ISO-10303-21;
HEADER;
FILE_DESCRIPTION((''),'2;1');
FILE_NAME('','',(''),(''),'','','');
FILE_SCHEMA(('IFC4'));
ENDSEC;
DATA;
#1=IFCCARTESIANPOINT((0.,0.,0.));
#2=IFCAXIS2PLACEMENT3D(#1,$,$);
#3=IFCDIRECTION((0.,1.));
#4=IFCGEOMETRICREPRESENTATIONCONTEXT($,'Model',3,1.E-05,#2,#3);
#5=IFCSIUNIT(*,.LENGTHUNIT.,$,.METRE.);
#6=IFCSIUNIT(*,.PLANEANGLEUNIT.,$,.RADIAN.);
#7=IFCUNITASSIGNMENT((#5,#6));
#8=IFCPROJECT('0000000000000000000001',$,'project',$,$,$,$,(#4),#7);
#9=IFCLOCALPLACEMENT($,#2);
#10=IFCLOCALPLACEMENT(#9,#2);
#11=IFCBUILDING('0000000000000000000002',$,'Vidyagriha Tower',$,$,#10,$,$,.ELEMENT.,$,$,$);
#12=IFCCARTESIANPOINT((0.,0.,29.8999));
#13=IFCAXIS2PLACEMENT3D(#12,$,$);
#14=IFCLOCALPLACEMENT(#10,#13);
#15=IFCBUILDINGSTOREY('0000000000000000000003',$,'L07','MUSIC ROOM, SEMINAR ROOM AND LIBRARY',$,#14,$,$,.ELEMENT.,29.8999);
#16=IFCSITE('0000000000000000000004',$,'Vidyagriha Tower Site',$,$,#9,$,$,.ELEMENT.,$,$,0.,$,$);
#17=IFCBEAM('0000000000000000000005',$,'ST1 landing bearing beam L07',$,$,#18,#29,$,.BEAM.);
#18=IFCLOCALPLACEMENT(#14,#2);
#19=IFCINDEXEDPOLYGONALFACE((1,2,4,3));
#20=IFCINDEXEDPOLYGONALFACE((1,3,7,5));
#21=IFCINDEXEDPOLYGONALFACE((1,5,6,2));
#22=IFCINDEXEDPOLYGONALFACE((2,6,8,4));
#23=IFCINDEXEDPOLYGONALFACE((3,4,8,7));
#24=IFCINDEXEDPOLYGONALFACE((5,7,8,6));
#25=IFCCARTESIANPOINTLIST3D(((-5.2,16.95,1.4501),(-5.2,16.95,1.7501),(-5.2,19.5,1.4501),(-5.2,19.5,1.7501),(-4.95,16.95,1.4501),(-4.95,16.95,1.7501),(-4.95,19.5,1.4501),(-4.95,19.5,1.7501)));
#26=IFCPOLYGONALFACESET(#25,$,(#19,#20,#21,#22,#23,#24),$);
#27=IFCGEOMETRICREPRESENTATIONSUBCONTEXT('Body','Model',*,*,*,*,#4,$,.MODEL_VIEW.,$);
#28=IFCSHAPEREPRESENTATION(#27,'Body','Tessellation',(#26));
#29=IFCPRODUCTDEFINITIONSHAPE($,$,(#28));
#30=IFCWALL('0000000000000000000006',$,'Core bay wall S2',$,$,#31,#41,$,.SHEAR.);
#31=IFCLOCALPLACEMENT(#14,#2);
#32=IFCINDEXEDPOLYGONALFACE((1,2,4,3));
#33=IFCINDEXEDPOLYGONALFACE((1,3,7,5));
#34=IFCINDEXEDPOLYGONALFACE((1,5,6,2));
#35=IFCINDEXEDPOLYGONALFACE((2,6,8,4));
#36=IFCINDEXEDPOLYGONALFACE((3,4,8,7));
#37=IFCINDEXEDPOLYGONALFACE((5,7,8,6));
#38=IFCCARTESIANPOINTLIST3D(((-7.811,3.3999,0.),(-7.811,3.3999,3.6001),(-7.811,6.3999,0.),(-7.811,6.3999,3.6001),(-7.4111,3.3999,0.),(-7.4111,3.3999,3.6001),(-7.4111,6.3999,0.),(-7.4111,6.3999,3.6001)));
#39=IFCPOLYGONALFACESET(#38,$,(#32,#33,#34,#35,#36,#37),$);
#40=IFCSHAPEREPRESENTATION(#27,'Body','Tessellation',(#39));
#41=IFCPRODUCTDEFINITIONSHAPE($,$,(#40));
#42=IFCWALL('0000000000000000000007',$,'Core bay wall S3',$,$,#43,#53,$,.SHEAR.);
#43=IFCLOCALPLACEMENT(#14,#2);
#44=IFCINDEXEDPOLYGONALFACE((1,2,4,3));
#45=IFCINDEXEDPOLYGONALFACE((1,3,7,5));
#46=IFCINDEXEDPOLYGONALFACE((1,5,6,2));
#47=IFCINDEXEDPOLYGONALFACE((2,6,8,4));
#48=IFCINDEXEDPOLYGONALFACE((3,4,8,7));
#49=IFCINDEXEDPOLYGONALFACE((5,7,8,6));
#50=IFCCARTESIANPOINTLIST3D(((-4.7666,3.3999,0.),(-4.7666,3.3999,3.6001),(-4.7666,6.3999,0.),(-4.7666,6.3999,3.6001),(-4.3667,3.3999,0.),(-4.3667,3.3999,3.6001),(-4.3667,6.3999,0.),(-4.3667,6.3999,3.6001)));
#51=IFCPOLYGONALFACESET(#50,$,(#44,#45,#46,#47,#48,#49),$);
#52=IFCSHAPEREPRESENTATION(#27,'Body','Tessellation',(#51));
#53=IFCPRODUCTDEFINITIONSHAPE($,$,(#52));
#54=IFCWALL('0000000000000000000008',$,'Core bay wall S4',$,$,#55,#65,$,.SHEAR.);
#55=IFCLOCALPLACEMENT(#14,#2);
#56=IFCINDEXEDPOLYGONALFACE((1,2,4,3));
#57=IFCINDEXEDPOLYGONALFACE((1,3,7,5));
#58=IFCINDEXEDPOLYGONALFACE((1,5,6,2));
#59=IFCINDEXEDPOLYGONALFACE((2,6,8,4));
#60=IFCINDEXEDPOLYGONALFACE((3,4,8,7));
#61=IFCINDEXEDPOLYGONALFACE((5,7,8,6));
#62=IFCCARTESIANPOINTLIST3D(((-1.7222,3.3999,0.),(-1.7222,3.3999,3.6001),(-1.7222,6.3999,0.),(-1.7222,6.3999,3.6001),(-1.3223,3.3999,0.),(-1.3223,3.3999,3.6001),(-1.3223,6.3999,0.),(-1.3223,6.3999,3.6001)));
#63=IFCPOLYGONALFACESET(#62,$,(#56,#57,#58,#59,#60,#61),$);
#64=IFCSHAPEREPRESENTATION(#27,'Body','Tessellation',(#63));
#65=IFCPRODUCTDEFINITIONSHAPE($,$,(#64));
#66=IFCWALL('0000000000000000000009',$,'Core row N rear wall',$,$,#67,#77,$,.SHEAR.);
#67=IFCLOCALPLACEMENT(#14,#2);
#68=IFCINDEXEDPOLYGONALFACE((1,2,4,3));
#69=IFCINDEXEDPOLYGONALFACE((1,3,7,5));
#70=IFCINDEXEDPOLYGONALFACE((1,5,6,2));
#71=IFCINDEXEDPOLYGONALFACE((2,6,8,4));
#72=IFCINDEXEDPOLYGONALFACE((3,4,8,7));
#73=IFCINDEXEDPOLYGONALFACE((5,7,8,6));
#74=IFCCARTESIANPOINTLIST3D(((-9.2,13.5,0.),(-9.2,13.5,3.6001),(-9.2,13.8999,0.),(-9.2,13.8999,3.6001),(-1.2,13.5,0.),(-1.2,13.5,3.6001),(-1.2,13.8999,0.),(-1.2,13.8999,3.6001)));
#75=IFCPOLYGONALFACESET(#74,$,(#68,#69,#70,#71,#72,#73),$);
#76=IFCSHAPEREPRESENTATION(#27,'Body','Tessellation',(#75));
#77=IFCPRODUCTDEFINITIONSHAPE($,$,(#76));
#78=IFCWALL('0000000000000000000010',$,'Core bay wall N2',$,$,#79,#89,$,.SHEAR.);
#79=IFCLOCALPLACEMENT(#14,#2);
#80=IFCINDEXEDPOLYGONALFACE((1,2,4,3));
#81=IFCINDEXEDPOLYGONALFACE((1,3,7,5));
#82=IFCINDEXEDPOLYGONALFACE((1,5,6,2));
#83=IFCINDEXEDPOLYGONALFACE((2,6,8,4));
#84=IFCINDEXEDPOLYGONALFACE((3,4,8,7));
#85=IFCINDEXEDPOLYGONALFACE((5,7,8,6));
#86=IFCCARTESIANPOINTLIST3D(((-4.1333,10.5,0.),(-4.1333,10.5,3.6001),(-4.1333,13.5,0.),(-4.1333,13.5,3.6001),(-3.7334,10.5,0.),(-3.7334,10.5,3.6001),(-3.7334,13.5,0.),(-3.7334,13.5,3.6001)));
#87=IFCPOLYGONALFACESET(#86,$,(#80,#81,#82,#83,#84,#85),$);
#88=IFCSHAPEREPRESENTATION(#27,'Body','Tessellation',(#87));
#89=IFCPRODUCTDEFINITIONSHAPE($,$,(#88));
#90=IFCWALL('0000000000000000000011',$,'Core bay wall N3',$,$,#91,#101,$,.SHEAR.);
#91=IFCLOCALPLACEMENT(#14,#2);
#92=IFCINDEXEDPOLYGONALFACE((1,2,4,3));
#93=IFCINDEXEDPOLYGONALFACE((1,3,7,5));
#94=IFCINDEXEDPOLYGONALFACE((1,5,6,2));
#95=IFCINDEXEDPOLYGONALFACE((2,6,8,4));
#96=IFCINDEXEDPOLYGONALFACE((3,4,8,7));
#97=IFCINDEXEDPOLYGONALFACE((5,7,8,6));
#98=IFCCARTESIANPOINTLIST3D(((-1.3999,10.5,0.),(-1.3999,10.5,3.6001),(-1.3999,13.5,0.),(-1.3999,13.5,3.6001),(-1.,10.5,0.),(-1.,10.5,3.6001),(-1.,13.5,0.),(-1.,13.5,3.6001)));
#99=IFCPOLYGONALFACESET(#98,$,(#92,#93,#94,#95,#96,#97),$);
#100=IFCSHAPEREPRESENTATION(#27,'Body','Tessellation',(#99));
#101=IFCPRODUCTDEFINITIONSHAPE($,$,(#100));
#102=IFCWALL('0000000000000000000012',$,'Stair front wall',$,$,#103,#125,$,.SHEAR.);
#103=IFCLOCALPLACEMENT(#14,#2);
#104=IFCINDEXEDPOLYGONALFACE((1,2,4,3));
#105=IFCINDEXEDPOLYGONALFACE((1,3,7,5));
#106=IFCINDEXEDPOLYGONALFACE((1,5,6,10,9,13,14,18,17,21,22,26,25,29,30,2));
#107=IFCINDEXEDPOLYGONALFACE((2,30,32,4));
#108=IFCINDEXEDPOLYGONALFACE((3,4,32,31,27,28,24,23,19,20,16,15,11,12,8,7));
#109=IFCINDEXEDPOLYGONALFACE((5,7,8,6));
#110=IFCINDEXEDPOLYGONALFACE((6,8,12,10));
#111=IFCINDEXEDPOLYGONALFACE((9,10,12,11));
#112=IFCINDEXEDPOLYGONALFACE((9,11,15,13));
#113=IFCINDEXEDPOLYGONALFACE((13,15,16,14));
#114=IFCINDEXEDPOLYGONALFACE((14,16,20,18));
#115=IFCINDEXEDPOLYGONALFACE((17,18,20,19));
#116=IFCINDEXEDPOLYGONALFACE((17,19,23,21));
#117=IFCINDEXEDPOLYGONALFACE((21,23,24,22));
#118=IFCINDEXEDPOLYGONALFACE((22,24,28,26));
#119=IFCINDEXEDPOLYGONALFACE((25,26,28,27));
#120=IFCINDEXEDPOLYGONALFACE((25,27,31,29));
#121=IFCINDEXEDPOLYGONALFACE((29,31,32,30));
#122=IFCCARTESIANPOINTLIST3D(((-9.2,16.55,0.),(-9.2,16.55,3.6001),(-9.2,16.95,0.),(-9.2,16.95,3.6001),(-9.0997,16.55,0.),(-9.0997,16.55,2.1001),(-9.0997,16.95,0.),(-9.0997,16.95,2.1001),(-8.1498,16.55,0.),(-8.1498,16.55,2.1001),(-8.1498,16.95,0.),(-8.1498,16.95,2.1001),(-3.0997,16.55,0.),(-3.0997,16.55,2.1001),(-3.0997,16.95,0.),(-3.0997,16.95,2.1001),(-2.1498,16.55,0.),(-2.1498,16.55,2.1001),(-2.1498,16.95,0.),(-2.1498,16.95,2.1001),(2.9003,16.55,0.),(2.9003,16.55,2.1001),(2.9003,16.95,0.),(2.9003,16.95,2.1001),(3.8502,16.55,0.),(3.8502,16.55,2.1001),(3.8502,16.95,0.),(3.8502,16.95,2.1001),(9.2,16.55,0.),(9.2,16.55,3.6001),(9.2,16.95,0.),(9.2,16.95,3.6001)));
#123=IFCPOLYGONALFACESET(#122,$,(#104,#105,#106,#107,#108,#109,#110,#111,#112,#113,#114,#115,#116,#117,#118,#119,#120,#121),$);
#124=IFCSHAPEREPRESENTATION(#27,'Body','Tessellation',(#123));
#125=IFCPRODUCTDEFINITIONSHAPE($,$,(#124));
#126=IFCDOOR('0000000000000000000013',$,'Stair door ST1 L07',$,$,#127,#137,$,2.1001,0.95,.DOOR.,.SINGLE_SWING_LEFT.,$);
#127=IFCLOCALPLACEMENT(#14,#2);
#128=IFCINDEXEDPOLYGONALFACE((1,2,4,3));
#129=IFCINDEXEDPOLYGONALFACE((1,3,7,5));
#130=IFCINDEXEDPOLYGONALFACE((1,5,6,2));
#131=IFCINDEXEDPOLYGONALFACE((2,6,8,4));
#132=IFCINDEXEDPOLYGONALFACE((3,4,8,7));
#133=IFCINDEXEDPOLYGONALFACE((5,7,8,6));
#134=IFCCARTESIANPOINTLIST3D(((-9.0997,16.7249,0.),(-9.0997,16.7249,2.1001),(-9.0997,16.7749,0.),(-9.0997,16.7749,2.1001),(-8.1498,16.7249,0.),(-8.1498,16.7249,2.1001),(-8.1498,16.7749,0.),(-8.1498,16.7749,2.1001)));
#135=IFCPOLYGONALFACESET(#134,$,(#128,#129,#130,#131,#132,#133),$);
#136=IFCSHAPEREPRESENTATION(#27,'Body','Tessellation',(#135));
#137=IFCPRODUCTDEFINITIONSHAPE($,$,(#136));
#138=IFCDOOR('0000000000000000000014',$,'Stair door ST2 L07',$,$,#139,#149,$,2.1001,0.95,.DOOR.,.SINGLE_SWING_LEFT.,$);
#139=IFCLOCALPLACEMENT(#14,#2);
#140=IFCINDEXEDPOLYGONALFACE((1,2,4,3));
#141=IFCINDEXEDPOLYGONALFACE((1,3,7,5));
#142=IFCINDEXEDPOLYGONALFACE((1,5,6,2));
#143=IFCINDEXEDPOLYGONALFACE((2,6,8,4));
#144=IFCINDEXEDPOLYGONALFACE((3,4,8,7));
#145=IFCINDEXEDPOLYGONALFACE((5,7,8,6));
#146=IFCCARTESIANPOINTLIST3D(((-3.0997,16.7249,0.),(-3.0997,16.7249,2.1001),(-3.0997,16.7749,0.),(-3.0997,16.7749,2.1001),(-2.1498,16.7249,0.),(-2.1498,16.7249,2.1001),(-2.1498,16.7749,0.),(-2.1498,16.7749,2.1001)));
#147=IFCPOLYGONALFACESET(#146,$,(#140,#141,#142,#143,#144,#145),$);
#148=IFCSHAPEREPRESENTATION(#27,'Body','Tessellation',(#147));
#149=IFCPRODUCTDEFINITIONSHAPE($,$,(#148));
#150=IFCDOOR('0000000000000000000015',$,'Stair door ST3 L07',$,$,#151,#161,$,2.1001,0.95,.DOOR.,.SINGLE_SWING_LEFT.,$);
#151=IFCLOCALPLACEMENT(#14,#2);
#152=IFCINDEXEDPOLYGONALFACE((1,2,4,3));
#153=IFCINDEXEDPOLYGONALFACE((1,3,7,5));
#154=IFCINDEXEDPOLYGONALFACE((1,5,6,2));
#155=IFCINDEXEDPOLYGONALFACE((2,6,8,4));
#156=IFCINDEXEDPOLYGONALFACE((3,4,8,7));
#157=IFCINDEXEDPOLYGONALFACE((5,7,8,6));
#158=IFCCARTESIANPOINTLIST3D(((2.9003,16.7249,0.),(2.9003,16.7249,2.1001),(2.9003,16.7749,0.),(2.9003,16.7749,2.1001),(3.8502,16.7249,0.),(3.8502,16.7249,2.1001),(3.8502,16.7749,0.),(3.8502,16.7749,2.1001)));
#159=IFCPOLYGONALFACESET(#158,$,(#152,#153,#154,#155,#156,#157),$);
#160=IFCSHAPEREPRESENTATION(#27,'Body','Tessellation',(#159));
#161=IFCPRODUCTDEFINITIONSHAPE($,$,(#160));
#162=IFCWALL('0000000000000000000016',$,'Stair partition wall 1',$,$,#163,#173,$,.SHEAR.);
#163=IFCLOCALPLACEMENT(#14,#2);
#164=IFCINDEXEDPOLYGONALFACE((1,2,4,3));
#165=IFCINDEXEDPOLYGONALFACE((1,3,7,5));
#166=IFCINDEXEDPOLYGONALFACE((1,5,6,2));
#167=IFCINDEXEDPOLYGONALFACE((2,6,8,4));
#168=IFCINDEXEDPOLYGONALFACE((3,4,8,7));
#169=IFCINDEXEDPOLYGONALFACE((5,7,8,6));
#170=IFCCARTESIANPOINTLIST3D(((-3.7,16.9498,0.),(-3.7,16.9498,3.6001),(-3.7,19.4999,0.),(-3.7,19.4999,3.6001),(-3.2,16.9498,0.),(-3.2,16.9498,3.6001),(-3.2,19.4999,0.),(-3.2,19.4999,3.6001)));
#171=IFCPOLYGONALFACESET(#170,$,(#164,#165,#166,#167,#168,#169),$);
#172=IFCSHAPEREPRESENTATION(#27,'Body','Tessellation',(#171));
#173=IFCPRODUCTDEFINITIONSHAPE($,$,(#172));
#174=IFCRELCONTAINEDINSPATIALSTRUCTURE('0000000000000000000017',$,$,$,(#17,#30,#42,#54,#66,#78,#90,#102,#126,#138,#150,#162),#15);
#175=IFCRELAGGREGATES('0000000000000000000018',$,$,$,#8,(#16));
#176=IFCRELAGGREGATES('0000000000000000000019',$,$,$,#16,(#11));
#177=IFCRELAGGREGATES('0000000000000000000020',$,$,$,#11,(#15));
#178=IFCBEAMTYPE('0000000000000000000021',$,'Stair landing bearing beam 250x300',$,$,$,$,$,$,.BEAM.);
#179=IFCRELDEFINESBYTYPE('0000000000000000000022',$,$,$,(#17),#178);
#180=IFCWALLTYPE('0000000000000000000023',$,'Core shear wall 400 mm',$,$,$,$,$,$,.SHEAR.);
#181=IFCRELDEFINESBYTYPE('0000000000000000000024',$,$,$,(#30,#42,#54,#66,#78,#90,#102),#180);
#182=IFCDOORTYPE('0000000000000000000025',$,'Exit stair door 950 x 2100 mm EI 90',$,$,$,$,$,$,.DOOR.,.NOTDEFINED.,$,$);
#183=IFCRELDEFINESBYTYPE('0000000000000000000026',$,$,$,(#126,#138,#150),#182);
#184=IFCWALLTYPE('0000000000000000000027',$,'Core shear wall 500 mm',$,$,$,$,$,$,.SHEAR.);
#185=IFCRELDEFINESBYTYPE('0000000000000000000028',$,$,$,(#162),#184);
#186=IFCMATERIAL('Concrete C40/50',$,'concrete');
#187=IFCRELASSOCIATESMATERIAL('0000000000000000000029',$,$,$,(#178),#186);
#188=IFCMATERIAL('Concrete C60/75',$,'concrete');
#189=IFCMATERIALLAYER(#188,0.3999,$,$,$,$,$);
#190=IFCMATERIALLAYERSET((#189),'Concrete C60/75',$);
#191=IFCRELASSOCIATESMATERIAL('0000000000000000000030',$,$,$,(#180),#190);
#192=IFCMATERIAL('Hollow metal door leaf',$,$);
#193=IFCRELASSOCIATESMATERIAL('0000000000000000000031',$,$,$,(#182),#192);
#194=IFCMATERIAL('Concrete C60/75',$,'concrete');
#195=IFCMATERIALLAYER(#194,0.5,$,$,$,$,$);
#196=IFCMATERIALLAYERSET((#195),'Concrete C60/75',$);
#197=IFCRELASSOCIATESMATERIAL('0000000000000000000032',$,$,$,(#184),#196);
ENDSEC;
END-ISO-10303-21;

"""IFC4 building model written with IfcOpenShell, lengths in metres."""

from ifc_helpers import new_model, si_unit, direction, frame, frame_2d, origin, origin_2d, place, context, subcontext, project, spatial, rectangle, extrude, material, layer, layer_set, material_profile, profile_set, type_object, element, fill, save


model = new_model("IFC4")

# Units and contexts
model_context = context("Model", 3, precision=1e-05, world=origin(), true_north=direction((0.0, 1.0)))
body_context = subcontext(model_context, "Body", "Model", "MODEL_VIEW")
ifc_project = project(units=[si_unit("LENGTHUNIT", "METRE"), si_unit("PLANEANGLEUNIT", "RADIAN")], contexts=[model_context])

# Site, building, storey
site_placement = place(None, origin())
site = spatial("IfcSite", under=ifc_project, at=site_placement, Name="Vidyagriha Tower Site", CompositionType="ELEMENT", RefElevation=0.0)
building_placement = place(site_placement, origin())
building = spatial("IfcBuilding", under=site, at=building_placement, Name="Vidyagriha Tower", CompositionType="ELEMENT")
storey_placement = place(building_placement, frame((0.0, 0.0, 29.8999)))
storey = spatial("IfcBuildingStorey", under=building, at=storey_placement, Name="L07", Description="MUSIC ROOM, SEMINAR ROOM AND LIBRARY", CompositionType="ELEMENT", Elevation=29.8999)

# Beam
ifc_material_1 = material(Name="Concrete C40/50", Category="concrete")
ifc_material_profile = material_profile(ifc_material_1, rectangle(XDim=0.25, YDim=0.3, at=origin_2d()), Name="Stair landing bearing beam 250x300")
ifc_profile_set = profile_set([ifc_material_profile], Name="Concrete C40/50")
beam_type = type_object("IfcBeamType", Name="Stair landing bearing beam 250x300", PredefinedType="BEAM", material=ifc_profile_set)
beam_placement = place(storey_placement, frame((-5.075, 16.95, 1.6001), z_axis=(0.0, 1.0, 0.0), x_axis=(-1.0, 0.0, 0.0)))
element("IfcBeam", 1, at=beam_placement, inside=storey, type_object=beam_type, Name="ST1 landing bearing beam L07", PredefinedType="BEAM", context=body_context, shape_type="SweptSolid", body=[
    extrude(rectangle(XDim=0.25, YDim=0.3, at=origin_2d()), origin(), (0.0, 0.0, 1.0), 2.55),
])

# Walls
ifc_material_2 = material(Name="Concrete C60/75", Category="concrete")
ifc_layer_1 = layer(ifc_material_2, 0.3999)
ifc_layer_set_1 = layer_set([ifc_layer_1], Name="Concrete C60/75")
wall_type_1 = type_object("IfcWallType", Name="Core shear wall 400 mm", PredefinedType="SHEAR", material=ifc_layer_set_1)
for number, where, z_axis, x_axis, name in (
    (2, (-7.6111, 3.3999, 0.0), (0.0, 0.0, 1.0), (0.0, 1.0, 0.0), "Core bay wall S2"),
    (3, (-4.5667, 3.3999, 0.0), (0.0, 0.0, 1.0), (0.0, 1.0, 0.0), "Core bay wall S3"),
    (4, (-1.5222, 3.3999, 0.0), (0.0, 0.0, 1.0), (0.0, 1.0, 0.0), "Core bay wall S4"),
):
    element("IfcWall", number, at=place(storey_placement, frame(where, z_axis=z_axis, x_axis=x_axis)), inside=storey, type_object=wall_type_1, Name=name, PredefinedType="SHEAR", context=body_context, shape_type="SweptSolid", body=[
        extrude(rectangle(XDim=3.0, YDim=0.3999, at=frame_2d((1.5, 0.0))), origin(), (0.0, 0.0, 1.0), 3.6001),
    ])
wall_1_placement = place(storey_placement, frame((-9.2, 13.7, 0.0)))
element("IfcWall", 5, at=wall_1_placement, inside=storey, type_object=wall_type_1, Name="Core row N rear wall", PredefinedType="SHEAR", context=body_context, shape_type="SweptSolid", body=[
    extrude(rectangle(XDim=8.0, YDim=0.3999, at=frame_2d((4.0, 0.0))), origin(), (0.0, 0.0, 1.0), 3.6001),
])
for number, where, z_axis, x_axis, name in (
    (6, (-3.9333, 10.5, 0.0), (0.0, 0.0, 1.0), (0.0, 1.0, 0.0), "Core bay wall N2"),
    (7, (-1.2, 10.5, 0.0), (0.0, 0.0, 1.0), (0.0, 1.0, 0.0), "Core bay wall N3"),
):
    element("IfcWall", number, at=place(storey_placement, frame(where, z_axis=z_axis, x_axis=x_axis)), inside=storey, type_object=wall_type_1, Name=name, PredefinedType="SHEAR", context=body_context, shape_type="SweptSolid", body=[
        extrude(rectangle(XDim=3.0, YDim=0.3999, at=frame_2d((1.5, 0.0))), origin(), (0.0, 0.0, 1.0), 3.6001),
    ])

# Wall, openings, doors
wall_2_placement = place(storey_placement, frame((-9.2, 16.75, 0.0)))
wall_2 = element("IfcWall", 8, at=wall_2_placement, inside=storey, type_object=wall_type_1, Name="Stair front wall", PredefinedType="SHEAR", context=body_context, shape_type="SweptSolid", body=[
    extrude(rectangle(XDim=18.3999, YDim=0.3999, at=frame_2d((9.2, 0.0))), origin(), (0.0, 0.0, 1.0), 3.6001),
])
opening_1_placement = place(wall_2_placement, frame((0.1001, 0.0, 0.0)))
opening_1 = element("IfcOpeningElement", 9, at=opening_1_placement, cuts=wall_2, PredefinedType="OPENING", context=body_context, shape_type="SweptSolid", body=[
    extrude(rectangle(XDim=0.95, YDim=2.1001, at=frame_2d((0.4751, 1.05))), frame((0.0, 0.21, 0.0), z_axis=(0.0, -1.0, 0.0), x_axis=(1.0, 0.0, 0.0)), (0.0, 0.0, 1.0), 0.4199),
])
opening_2_placement = place(wall_2_placement, frame((6.1001, 0.0, 0.0)))
opening_2 = element("IfcOpeningElement", 10, at=opening_2_placement, cuts=wall_2, PredefinedType="OPENING", context=body_context, shape_type="SweptSolid", body=[
    extrude(rectangle(XDim=0.95, YDim=2.1001, at=frame_2d((0.4751, 1.05))), frame((0.0, 0.21, 0.0), z_axis=(0.0, -1.0, 0.0), x_axis=(1.0, 0.0, 0.0)), (0.0, 0.0, 1.0), 0.4199),
])
opening_3_placement = place(wall_2_placement, frame((12.1001, 0.0, 0.0)))
opening_3 = element("IfcOpeningElement", 11, at=opening_3_placement, cuts=wall_2, PredefinedType="OPENING", context=body_context, shape_type="SweptSolid", body=[
    extrude(rectangle(XDim=0.95, YDim=2.1001, at=frame_2d((0.4751, 1.05))), frame((0.0, 0.21, 0.0), z_axis=(0.0, -1.0, 0.0), x_axis=(1.0, 0.0, 0.0)), (0.0, 0.0, 1.0), 0.4199),
])
ifc_material_3 = material(Name="Hollow metal door leaf")
door_type = type_object("IfcDoorType", Name="Exit stair door 950 x 2100 mm EI 90", OperationType="NOTDEFINED", PredefinedType="DOOR", material=ifc_material_3)
door_1_placement = place(opening_1_placement, origin())
door_1 = element("IfcDoor", 12, at=door_1_placement, inside=storey, type_object=door_type, Name="Stair door ST1 L07", OperationType="SINGLE_SWING_LEFT", OverallHeight=2.1001, OverallWidth=0.95, PredefinedType="DOOR", context=body_context, shape_type="SweptSolid", body=[
    extrude(rectangle(XDim=0.95, YDim=2.1001, at=frame_2d((0.4751, 1.05))), frame((0.0, 0.0249, 0.0), z_axis=(0.0, -1.0, 0.0), x_axis=(1.0, 0.0, 0.0)), (0.0, 0.0, 1.0), 0.05),
])
fill(opening_1, door_1)
door_2_placement = place(opening_2_placement, origin())
door_2 = element("IfcDoor", 13, at=door_2_placement, inside=storey, type_object=door_type, Name="Stair door ST2 L07", OperationType="SINGLE_SWING_LEFT", OverallHeight=2.1001, OverallWidth=0.95, PredefinedType="DOOR", context=body_context, shape_type="SweptSolid", body=[
    extrude(rectangle(XDim=0.95, YDim=2.1001, at=frame_2d((0.4751, 1.05))), frame((0.0, 0.0249, 0.0), z_axis=(0.0, -1.0, 0.0), x_axis=(1.0, 0.0, 0.0)), (0.0, 0.0, 1.0), 0.05),
])
fill(opening_2, door_2)
door_3_placement = place(opening_3_placement, origin())
door_3 = element("IfcDoor", 14, at=door_3_placement, inside=storey, type_object=door_type, Name="Stair door ST3 L07", OperationType="SINGLE_SWING_LEFT", OverallHeight=2.1001, OverallWidth=0.95, PredefinedType="DOOR", context=body_context, shape_type="SweptSolid", body=[
    extrude(rectangle(XDim=0.95, YDim=2.1001, at=frame_2d((0.4751, 1.05))), frame((0.0, 0.0249, 0.0), z_axis=(0.0, -1.0, 0.0), x_axis=(1.0, 0.0, 0.0)), (0.0, 0.0, 1.0), 0.05),
])
fill(opening_3, door_3)

# Wall
ifc_material_4 = material(Name="Concrete C60/75", Category="concrete")
ifc_layer_2 = layer(ifc_material_4, 0.5)
ifc_layer_set_2 = layer_set([ifc_layer_2], Name="Concrete C60/75")
wall_type_2 = type_object("IfcWallType", Name="Core shear wall 500 mm", PredefinedType="SHEAR", material=ifc_layer_set_2)
wall_3_placement = place(storey_placement, frame((-3.45, 16.95, 0.0), z_axis=(0.0, 0.0, 1.0), x_axis=(0.0, 1.0, 0.0)))
element("IfcWall", 15, at=wall_3_placement, inside=storey, type_object=wall_type_2, Name="Stair partition wall 1", PredefinedType="SHEAR", context=body_context, shape_type="SweptSolid", body=[
    extrude(rectangle(XDim=2.55, YDim=0.5, at=frame_2d((1.2749, 0.0))), origin(), (0.0, 0.0, 1.0), 3.6001),
])

save(model, "model.ifc")
